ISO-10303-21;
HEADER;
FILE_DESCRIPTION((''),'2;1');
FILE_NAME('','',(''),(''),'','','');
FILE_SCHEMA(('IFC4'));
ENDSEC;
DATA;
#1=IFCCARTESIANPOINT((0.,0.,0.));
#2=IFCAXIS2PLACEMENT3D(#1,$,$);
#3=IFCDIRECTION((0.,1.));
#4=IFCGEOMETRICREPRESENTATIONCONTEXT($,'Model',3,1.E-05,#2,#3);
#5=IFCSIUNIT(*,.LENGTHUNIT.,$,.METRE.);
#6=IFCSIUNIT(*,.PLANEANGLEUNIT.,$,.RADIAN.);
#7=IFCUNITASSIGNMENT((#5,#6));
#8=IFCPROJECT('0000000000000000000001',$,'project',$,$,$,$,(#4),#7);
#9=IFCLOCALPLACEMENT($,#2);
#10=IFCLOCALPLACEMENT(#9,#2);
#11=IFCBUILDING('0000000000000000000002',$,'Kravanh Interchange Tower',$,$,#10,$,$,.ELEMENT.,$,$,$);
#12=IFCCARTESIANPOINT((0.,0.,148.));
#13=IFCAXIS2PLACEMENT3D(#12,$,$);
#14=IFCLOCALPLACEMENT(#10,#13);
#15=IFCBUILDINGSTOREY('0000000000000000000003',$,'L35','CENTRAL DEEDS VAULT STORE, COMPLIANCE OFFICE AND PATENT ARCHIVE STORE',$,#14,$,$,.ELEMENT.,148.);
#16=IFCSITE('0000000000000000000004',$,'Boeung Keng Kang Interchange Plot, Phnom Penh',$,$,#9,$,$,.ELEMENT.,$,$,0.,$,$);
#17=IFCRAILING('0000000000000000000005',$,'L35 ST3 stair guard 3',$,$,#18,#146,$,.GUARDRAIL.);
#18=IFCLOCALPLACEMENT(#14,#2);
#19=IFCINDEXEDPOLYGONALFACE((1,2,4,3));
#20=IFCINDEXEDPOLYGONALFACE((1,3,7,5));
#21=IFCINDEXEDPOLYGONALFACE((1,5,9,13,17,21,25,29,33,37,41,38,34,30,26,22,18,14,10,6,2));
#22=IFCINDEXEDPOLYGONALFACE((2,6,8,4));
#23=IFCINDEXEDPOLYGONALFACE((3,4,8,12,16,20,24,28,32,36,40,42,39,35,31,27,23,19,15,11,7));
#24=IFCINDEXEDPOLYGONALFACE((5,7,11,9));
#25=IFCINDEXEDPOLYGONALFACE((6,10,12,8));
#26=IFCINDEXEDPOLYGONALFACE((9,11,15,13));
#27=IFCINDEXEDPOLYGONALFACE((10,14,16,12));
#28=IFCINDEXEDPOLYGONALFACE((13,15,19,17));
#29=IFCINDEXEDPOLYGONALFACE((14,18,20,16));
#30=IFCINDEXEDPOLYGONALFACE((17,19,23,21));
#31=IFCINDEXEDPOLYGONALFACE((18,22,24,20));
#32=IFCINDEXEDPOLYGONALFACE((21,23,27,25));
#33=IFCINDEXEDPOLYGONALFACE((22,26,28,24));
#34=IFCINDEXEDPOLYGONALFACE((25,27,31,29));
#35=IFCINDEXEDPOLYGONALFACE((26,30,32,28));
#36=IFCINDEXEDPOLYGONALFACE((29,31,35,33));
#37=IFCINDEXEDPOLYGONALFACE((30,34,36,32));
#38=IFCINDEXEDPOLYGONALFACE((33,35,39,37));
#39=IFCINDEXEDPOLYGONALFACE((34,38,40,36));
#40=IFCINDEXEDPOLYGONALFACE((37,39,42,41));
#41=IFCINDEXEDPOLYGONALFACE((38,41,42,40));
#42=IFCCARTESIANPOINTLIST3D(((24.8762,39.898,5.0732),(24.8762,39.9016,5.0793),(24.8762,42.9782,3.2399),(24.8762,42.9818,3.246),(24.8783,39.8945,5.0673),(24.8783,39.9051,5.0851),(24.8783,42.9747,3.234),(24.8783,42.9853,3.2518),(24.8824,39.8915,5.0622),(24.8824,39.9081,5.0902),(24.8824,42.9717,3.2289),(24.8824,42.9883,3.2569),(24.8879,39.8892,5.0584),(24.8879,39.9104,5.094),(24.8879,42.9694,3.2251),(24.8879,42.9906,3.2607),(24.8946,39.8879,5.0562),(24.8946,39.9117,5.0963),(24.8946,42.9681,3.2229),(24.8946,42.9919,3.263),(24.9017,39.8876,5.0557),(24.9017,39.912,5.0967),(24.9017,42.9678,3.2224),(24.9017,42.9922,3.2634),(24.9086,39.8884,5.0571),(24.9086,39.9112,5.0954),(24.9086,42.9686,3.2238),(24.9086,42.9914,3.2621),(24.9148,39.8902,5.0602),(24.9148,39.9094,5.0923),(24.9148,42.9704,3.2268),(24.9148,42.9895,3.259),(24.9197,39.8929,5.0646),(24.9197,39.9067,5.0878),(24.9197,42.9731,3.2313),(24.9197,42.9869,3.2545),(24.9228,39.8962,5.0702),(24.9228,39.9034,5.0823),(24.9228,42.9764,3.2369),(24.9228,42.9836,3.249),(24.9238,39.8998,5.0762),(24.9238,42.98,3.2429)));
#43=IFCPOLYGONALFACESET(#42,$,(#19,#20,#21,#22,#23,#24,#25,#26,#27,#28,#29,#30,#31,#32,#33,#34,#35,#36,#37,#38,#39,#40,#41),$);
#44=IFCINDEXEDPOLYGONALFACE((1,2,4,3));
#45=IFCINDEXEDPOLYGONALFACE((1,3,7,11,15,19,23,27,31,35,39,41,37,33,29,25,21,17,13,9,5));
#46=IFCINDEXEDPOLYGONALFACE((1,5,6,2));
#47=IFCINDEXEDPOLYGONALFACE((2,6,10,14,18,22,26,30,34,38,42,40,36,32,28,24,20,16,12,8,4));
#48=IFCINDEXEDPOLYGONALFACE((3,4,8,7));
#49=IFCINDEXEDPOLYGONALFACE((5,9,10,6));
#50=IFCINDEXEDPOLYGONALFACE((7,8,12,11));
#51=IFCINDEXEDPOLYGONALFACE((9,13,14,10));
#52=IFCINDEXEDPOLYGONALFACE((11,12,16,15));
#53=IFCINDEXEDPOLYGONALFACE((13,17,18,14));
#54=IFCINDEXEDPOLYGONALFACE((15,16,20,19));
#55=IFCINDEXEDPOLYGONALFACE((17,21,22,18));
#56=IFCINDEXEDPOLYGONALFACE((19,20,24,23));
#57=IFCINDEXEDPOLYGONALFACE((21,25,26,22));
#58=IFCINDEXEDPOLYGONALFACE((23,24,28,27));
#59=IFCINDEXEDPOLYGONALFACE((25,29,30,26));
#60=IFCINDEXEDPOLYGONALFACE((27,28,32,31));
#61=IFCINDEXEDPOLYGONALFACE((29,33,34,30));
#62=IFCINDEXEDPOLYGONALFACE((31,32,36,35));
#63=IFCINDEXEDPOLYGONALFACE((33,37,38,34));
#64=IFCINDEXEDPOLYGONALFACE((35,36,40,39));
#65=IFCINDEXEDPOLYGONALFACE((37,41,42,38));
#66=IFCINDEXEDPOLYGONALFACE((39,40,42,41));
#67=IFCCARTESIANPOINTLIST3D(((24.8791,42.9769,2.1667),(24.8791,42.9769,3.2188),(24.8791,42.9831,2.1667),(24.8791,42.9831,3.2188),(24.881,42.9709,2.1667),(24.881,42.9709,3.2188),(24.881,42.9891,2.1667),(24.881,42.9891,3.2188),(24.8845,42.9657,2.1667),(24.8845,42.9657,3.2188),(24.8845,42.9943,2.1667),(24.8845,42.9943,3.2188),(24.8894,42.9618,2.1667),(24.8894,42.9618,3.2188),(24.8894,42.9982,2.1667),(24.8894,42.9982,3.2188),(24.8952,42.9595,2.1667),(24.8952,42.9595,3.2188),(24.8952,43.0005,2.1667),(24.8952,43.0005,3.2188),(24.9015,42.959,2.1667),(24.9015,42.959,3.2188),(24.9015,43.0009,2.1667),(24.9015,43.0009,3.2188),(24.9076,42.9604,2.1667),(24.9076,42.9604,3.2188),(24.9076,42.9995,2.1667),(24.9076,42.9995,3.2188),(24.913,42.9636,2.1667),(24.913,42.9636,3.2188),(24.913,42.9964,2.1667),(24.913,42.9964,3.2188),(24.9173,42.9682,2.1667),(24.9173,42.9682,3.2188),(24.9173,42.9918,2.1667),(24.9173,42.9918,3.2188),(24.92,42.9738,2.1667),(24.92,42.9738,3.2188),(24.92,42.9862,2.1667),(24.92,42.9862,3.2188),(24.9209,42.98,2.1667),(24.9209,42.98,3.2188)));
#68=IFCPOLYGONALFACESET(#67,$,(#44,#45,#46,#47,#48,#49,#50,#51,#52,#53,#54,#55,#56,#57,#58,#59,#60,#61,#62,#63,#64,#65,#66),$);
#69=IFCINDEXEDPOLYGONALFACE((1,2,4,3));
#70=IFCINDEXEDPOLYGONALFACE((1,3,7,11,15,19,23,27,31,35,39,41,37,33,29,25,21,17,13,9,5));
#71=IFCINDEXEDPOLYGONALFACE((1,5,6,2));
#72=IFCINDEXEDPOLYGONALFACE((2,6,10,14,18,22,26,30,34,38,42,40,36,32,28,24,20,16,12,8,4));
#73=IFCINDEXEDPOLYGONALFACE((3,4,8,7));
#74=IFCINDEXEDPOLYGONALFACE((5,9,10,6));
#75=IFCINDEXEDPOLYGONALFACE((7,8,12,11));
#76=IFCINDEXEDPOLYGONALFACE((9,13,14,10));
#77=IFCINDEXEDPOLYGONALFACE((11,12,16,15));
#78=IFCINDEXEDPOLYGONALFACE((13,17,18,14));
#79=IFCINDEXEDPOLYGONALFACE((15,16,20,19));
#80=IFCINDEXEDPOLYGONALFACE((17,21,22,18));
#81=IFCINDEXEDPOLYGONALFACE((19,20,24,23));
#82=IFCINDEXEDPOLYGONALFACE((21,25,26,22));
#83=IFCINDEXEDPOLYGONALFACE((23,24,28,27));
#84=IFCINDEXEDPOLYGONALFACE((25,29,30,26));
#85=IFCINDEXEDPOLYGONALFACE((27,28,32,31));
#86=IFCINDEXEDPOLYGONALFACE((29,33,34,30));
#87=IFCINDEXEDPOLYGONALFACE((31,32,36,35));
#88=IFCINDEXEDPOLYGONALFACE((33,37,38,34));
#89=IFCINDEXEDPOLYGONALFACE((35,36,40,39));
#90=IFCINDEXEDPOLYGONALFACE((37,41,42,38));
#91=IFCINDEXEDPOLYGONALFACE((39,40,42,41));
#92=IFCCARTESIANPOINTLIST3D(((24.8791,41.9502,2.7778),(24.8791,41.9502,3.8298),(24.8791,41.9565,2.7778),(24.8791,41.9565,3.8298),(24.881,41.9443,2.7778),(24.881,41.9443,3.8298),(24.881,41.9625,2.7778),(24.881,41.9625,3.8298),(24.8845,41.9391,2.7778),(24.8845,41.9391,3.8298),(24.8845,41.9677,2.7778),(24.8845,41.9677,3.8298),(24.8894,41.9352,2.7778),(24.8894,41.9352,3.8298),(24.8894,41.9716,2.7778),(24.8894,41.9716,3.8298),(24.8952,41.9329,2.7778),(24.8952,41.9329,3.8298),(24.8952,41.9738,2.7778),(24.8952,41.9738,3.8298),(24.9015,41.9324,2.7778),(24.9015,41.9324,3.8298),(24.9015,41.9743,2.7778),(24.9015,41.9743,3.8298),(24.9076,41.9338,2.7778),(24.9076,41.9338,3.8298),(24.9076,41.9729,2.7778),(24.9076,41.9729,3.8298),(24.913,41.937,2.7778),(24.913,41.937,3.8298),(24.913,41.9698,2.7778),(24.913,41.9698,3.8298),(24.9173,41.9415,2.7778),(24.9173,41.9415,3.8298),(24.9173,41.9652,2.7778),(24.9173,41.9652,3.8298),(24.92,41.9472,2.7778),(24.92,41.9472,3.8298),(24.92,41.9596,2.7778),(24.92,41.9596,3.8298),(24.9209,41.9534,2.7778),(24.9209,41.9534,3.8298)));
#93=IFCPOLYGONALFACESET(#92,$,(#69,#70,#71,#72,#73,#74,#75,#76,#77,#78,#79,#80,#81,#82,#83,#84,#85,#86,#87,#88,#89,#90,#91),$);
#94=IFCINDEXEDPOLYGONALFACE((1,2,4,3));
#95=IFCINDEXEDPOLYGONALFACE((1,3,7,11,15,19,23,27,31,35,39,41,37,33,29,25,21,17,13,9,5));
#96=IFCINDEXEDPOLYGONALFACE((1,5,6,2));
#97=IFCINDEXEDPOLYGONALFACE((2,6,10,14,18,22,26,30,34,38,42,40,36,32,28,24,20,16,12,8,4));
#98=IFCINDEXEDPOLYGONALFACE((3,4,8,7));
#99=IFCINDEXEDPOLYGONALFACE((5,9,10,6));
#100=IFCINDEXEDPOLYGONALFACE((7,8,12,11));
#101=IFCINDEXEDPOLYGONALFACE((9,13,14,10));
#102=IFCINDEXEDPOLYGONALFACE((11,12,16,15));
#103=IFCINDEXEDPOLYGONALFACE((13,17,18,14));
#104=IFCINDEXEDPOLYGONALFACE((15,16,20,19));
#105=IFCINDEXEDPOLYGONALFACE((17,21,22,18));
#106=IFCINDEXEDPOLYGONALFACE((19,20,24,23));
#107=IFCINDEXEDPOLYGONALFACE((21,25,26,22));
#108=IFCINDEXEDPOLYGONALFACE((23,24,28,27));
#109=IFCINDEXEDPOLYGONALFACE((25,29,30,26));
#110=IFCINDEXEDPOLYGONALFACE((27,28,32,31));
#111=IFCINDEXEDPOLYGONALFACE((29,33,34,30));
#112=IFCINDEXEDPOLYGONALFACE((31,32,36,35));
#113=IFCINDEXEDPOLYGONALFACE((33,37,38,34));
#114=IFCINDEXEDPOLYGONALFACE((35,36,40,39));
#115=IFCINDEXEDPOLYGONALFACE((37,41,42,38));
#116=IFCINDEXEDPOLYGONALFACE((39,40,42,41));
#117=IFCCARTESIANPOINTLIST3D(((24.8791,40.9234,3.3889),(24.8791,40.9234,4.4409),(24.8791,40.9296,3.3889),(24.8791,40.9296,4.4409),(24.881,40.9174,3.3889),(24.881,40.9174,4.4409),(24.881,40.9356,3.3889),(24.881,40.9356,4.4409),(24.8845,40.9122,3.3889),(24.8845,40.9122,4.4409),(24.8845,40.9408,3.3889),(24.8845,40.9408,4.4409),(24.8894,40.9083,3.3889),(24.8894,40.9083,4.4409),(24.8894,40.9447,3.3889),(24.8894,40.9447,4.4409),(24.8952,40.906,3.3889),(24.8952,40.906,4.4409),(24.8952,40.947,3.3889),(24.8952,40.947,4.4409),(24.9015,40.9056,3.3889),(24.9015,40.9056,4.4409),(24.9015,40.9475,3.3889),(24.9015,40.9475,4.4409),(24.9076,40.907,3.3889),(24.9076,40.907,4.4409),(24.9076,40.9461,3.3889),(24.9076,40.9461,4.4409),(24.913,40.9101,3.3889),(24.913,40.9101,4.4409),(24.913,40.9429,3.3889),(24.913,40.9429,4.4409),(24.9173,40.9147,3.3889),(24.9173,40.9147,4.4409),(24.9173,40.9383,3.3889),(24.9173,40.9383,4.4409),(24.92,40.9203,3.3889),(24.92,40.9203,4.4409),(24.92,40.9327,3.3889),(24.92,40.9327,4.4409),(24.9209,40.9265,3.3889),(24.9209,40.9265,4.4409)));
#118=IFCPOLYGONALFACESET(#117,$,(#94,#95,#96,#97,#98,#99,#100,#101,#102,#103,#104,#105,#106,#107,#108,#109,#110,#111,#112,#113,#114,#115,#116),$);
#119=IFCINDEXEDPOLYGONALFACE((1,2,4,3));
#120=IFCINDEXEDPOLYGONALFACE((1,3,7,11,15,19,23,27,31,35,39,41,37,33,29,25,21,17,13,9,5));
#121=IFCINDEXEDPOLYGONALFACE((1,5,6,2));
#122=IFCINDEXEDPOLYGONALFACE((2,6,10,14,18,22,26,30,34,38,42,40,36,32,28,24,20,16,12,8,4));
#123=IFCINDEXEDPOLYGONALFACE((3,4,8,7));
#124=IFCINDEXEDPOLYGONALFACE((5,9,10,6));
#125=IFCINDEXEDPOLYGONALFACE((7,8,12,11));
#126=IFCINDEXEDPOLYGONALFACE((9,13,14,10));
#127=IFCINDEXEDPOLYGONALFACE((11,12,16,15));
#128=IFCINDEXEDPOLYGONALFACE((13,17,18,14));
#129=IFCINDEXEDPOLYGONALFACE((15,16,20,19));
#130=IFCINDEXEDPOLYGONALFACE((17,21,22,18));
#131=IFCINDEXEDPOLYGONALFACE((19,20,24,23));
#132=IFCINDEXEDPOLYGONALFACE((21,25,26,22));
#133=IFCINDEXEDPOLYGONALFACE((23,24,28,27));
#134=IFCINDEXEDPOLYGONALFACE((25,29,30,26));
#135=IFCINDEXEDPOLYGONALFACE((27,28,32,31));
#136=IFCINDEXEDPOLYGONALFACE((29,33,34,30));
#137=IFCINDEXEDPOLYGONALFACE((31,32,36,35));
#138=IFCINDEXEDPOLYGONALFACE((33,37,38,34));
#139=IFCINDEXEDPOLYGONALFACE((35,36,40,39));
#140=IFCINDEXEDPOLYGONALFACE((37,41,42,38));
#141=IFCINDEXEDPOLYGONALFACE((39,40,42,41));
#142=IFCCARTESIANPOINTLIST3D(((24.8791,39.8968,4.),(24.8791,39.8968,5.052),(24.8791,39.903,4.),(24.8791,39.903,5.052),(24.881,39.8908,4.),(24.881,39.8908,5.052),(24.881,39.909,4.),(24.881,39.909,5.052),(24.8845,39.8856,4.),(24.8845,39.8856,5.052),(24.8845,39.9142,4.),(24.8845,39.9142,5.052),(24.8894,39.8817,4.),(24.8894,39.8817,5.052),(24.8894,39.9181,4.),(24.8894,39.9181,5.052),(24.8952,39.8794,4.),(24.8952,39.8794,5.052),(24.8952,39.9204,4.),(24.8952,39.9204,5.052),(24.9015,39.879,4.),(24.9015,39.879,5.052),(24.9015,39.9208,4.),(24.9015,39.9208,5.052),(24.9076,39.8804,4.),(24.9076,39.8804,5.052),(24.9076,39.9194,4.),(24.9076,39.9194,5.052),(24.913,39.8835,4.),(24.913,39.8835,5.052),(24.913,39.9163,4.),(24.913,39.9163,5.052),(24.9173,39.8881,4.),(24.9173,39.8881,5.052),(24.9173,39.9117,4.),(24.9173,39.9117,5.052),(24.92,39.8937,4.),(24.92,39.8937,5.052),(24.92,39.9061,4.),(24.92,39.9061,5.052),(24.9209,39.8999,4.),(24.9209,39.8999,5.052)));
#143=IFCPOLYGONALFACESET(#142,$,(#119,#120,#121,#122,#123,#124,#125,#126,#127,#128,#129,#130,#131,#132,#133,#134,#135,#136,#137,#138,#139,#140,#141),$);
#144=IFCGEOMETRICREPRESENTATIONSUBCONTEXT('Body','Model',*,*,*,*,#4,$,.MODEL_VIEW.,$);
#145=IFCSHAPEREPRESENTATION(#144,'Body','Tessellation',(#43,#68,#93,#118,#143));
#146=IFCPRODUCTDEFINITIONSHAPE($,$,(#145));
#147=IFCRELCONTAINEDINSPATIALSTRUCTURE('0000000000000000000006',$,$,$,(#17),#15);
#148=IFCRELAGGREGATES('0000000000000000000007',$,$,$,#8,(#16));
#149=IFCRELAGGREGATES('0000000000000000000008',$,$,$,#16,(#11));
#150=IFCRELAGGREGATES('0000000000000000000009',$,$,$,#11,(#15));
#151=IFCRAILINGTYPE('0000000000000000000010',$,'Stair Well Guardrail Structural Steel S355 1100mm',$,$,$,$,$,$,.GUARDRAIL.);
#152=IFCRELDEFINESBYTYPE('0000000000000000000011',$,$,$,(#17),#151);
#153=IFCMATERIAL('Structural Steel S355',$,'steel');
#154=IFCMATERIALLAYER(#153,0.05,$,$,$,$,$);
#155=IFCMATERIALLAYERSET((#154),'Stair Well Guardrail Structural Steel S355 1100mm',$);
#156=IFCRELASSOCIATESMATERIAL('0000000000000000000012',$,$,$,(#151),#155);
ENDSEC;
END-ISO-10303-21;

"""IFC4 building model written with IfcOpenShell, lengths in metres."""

from ifc_helpers import new_model, si_unit, direction, frame, origin, origin_2d, place, context, subcontext, project, spatial, circle, extrude, material, layer, layer_set, type_object, element, save


model = new_model("IFC4")

# Units and contexts
model_context = context("Model", 3, precision=1e-05, world=origin(), true_north=direction((0.0, 1.0)))
body_context = subcontext(model_context, "Body", "Model", "MODEL_VIEW")
ifc_project = project(units=[si_unit("LENGTHUNIT", "METRE"), si_unit("PLANEANGLEUNIT", "RADIAN")], contexts=[model_context])

# Site, building, storey
site_placement = place(None, origin())
site = spatial("IfcSite", under=ifc_project, at=site_placement, Name="Boeung Keng Kang Interchange Plot, Phnom Penh", CompositionType="ELEMENT", RefElevation=0.0)
building_placement = place(site_placement, origin())
building = spatial("IfcBuilding", under=site, at=building_placement, Name="Kravanh Interchange Tower", CompositionType="ELEMENT")
storey_placement = place(building_placement, frame((0.0, 0.0, 148.0)))
storey = spatial("IfcBuildingStorey", under=building, at=storey_placement, Name="L35", Description="CENTRAL DEEDS VAULT STORE, COMPLIANCE OFFICE AND PATENT ARCHIVE STORE", CompositionType="ELEMENT", Elevation=148.0)

# Railing
ifc_material_1 = material(Name="Structural Steel S355", Category="steel")
ifc_layer_1 = layer(ifc_material_1, 0.05)
ifc_layer_set_1 = layer_set([ifc_layer_1], Name="Stair Well Guardrail Structural Steel S355 1100mm")
railing_type_1 = type_object("IfcRailingType", Name="Stair Well Guardrail Structural Steel S355 1100mm", PredefinedType="GUARDRAIL", material=ifc_layer_set_1)
railing_1_placement = place(storey_placement, frame((24.8999, 42.98, 2.1667)))
element("IfcRailing", 1, at=railing_1_placement, inside=storey, type_object=railing_type_1, Name="L35 ST3 stair guard 3", PredefinedType="GUARDRAIL", context=body_context, shape_type="SweptSolid", body=[
    extrude(circle(Radius=0.0239, at=origin_2d()), frame((0.0, 0.0, 1.0762), z_axis=(0.0, -0.859309, 0.511458), x_axis=(1.0, 0.0, 0.0)), (0.0, 0.0, 1.0), 3.5845),
    extrude(circle(Radius=0.021, at=origin_2d()), origin(), (0.0, 0.0, 1.0), 1.052),
    extrude(circle(Radius=0.021, at=origin_2d()), frame((0.0, -1.0266, 0.6111)), (0.0, 0.0, 1.0), 1.052),
    extrude(circle(Radius=0.021, at=origin_2d()), frame((0.0, -2.0535, 1.2222)), (0.0, 0.0, 1.0), 1.052),
    extrude(circle(Radius=0.021, at=origin_2d()), frame((0.0, -3.0801, 1.8333)), (0.0, 0.0, 1.0), 1.052),
])

save(model, "model.ifc")
